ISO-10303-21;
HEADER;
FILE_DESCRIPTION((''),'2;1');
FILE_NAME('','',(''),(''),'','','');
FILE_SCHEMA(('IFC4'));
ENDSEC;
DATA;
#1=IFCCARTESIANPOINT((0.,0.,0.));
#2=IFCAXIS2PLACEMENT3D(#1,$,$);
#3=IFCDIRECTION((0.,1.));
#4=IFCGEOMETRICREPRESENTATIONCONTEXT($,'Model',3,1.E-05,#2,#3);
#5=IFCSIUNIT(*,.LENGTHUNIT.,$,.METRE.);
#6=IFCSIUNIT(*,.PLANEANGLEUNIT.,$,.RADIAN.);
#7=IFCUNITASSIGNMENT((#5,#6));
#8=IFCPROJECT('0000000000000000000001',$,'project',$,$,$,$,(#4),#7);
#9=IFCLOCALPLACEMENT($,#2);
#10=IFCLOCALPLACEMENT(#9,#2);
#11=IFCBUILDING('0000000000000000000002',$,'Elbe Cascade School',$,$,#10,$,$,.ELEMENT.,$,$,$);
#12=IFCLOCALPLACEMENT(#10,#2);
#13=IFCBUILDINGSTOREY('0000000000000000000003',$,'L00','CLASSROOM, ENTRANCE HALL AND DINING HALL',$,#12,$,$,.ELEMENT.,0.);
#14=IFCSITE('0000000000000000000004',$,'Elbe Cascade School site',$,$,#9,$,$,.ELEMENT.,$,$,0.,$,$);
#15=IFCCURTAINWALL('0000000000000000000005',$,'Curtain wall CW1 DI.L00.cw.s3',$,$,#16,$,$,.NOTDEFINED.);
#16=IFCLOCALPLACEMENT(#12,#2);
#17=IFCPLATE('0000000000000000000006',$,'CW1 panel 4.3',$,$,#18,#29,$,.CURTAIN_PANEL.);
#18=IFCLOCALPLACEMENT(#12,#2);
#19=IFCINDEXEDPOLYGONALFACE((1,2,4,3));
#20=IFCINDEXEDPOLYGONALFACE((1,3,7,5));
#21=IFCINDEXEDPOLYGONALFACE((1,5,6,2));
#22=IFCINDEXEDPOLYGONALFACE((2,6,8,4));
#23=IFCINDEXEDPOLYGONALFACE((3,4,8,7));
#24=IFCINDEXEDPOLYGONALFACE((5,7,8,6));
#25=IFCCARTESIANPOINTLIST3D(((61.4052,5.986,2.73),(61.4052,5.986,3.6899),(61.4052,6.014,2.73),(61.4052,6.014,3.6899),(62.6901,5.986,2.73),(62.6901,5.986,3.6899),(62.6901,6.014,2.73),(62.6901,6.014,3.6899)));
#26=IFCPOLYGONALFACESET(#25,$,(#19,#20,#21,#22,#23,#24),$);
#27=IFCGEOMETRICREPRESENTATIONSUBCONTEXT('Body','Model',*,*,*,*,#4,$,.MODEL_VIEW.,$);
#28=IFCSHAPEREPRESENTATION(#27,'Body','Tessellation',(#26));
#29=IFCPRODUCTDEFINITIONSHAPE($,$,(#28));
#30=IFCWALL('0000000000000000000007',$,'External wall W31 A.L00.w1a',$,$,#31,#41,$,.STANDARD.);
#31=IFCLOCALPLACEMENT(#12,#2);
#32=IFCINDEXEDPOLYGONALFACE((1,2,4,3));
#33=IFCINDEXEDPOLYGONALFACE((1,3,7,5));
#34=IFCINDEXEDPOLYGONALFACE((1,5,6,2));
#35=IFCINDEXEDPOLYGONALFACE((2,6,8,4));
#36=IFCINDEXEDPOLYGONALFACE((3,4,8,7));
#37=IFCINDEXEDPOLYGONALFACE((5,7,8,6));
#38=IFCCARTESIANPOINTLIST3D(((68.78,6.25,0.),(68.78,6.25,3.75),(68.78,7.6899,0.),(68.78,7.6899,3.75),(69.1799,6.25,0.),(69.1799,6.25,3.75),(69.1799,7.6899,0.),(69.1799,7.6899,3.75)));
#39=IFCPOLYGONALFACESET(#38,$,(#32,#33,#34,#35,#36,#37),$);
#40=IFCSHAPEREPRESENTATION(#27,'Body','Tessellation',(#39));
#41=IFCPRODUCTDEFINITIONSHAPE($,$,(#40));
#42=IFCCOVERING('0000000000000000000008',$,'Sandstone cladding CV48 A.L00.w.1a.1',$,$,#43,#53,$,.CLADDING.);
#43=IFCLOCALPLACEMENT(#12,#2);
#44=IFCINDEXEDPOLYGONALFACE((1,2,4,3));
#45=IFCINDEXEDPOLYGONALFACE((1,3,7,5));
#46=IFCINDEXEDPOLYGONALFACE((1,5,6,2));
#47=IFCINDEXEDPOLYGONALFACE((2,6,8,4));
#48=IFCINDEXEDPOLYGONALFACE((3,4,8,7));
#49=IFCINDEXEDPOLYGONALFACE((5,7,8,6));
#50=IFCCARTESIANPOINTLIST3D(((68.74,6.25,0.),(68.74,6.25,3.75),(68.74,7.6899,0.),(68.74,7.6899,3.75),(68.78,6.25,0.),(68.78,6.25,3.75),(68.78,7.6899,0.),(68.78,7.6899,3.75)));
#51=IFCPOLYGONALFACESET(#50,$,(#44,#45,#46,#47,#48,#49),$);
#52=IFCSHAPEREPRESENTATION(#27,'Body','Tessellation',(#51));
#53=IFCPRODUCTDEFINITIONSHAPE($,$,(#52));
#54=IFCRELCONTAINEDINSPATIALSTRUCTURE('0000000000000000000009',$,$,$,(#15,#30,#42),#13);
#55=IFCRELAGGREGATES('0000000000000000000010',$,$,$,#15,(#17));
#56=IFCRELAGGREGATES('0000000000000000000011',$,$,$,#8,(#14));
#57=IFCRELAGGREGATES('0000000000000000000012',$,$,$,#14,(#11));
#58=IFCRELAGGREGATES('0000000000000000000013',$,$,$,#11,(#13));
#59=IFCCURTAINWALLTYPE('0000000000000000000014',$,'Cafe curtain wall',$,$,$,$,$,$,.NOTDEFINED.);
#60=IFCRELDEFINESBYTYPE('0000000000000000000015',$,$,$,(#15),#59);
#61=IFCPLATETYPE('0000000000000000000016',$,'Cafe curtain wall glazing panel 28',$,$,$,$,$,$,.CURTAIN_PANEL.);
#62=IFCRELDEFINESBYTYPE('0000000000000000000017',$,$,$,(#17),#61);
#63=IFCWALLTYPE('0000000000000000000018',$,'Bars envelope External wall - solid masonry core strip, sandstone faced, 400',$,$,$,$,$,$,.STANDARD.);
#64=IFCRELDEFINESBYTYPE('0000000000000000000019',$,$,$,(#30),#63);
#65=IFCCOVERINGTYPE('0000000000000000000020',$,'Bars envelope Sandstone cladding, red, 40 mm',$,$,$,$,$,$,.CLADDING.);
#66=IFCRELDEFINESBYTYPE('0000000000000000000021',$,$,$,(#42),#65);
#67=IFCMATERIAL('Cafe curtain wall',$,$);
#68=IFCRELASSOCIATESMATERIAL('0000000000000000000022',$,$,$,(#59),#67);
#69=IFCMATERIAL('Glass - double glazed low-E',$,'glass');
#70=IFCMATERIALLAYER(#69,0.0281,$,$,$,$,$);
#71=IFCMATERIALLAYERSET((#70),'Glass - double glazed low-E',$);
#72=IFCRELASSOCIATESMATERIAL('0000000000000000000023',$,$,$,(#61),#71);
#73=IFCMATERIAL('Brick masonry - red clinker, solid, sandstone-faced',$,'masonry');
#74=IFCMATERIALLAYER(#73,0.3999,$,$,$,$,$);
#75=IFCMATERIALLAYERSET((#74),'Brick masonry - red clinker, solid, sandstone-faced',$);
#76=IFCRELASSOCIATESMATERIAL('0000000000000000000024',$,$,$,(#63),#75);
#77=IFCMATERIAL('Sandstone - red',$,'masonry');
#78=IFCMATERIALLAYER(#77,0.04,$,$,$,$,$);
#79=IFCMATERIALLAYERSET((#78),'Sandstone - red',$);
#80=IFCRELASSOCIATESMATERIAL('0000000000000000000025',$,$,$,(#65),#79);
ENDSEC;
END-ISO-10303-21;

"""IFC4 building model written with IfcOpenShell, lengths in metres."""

from ifc_helpers import new_model, si_unit, direction, frame, frame_2d, origin, origin_2d, place, context, subcontext, project, spatial, rectangle, extrude, material, layer, layer_set, type_object, element, aggregate, save


model = new_model("IFC4")

# Units and contexts
model_context = context("Model", 3, precision=1e-05, world=origin(), true_north=direction((0.0, 1.0)))
body_context = subcontext(model_context, "Body", "Model", "MODEL_VIEW")
ifc_project = project(units=[si_unit("LENGTHUNIT", "METRE"), si_unit("PLANEANGLEUNIT", "RADIAN")], contexts=[model_context])

# Site, building, storey
site_placement = place(None, origin())
site = spatial("IfcSite", under=ifc_project, at=site_placement, Name="Elbe Cascade School site", CompositionType="ELEMENT", RefElevation=0.0)
building_placement = place(site_placement, origin())
building = spatial("IfcBuilding", under=site, at=building_placement, Name="Elbe Cascade School", CompositionType="ELEMENT")
storey_placement = place(building_placement, origin())
storey = spatial("IfcBuildingStorey", under=building, at=storey_placement, Name="L00", Description="CLASSROOM, ENTRANCE HALL AND DINING HALL", CompositionType="ELEMENT", Elevation=0.0)

# Curtain wall
ifc_material_1 = material(Name="Cafe curtain wall")
curtain_wall_type_1 = type_object("IfcCurtainWallType", Name="Cafe curtain wall", PredefinedType="NOTDEFINED", material=ifc_material_1)
curtain_wall_1_placement = place(storey_placement, origin())
curtain_wall_1 = element("IfcCurtainWall", 1, at=curtain_wall_1_placement, inside=storey, type_object=curtain_wall_type_1, Name="Curtain wall CW1 DI.L00.cw.s3", PredefinedType="NOTDEFINED")

# Plate
ifc_material_2 = material(Name="Glass - double glazed low-E", Category="glass")
ifc_layer_1 = layer(ifc_material_2, 0.0281)
ifc_layer_set_1 = layer_set([ifc_layer_1], Name="Glass - double glazed low-E")
plate_type_1 = type_object("IfcPlateType", Name="Cafe curtain wall glazing panel 28", PredefinedType="CURTAIN_PANEL", material=ifc_layer_set_1)
plate_1_placement = place(storey_placement, frame((62.0476, 6.0, 2.73), z_axis=(0.0, 0.0, 1.0), x_axis=(1.0, 0.0, 0.0)))
plate_1 = element("IfcPlate", 2, at=plate_1_placement, type_object=plate_type_1, Name="CW1 panel 4.3", PredefinedType="CURTAIN_PANEL", context=body_context, shape_type="SweptSolid", body=[
    extrude(rectangle(XDim=1.2849, YDim=0.0281, at=origin_2d()), origin(), (0.0, 0.0, 1.0), 0.96),
])
aggregate(curtain_wall_1, [plate_1])

# Wall
ifc_material_3 = material(Name="Brick masonry - red clinker, solid, sandstone-faced", Category="masonry")
ifc_layer_2 = layer(ifc_material_3, 0.3999)
ifc_layer_set_2 = layer_set([ifc_layer_2], Name="Brick masonry - red clinker, solid, sandstone-faced")
wall_type = type_object("IfcWallType", Name="Bars envelope External wall - solid masonry core strip, sandstone faced, 400", PredefinedType="STANDARD", material=ifc_layer_set_2)
wall_placement = place(storey_placement, frame((68.98, 6.25, 0.0), z_axis=(0.0, 0.0, 1.0), x_axis=(0.0, 1.0, 0.0)))
element("IfcWall", 3, at=wall_placement, inside=storey, type_object=wall_type, Name="External wall W31 A.L00.w1a", PredefinedType="STANDARD", context=body_context, shape_type="SweptSolid", body=[
    extrude(rectangle(XDim=1.4399, YDim=0.3999, at=frame_2d((0.72, 0.0))), origin(), (0.0, 0.0, 1.0), 3.75),
])

# Covering
ifc_material_4 = material(Name="Sandstone - red", Category="masonry")
ifc_layer_3 = layer(ifc_material_4, 0.04)
ifc_layer_set_3 = layer_set([ifc_layer_3], Name="Sandstone - red")
covering_type = type_object("IfcCoveringType", Name="Bars envelope Sandstone cladding, red, 40 mm", PredefinedType="CLADDING", material=ifc_layer_set_3)
covering_placement = place(storey_placement, frame((68.76, 6.97, 0.0), z_axis=(0.0, 0.0, 1.0), x_axis=(0.0, 1.0, 0.0)))
element("IfcCovering", 4, at=covering_placement, inside=storey, type_object=covering_type, Name="Sandstone cladding CV48 A.L00.w.1a.1", PredefinedType="CLADDING", context=body_context, shape_type="SweptSolid", body=[
    extrude(rectangle(XDim=1.4399, YDim=0.04, at=origin_2d()), origin(), (0.0, 0.0, 1.0), 3.75),
])

save(model, "model.ifc")
